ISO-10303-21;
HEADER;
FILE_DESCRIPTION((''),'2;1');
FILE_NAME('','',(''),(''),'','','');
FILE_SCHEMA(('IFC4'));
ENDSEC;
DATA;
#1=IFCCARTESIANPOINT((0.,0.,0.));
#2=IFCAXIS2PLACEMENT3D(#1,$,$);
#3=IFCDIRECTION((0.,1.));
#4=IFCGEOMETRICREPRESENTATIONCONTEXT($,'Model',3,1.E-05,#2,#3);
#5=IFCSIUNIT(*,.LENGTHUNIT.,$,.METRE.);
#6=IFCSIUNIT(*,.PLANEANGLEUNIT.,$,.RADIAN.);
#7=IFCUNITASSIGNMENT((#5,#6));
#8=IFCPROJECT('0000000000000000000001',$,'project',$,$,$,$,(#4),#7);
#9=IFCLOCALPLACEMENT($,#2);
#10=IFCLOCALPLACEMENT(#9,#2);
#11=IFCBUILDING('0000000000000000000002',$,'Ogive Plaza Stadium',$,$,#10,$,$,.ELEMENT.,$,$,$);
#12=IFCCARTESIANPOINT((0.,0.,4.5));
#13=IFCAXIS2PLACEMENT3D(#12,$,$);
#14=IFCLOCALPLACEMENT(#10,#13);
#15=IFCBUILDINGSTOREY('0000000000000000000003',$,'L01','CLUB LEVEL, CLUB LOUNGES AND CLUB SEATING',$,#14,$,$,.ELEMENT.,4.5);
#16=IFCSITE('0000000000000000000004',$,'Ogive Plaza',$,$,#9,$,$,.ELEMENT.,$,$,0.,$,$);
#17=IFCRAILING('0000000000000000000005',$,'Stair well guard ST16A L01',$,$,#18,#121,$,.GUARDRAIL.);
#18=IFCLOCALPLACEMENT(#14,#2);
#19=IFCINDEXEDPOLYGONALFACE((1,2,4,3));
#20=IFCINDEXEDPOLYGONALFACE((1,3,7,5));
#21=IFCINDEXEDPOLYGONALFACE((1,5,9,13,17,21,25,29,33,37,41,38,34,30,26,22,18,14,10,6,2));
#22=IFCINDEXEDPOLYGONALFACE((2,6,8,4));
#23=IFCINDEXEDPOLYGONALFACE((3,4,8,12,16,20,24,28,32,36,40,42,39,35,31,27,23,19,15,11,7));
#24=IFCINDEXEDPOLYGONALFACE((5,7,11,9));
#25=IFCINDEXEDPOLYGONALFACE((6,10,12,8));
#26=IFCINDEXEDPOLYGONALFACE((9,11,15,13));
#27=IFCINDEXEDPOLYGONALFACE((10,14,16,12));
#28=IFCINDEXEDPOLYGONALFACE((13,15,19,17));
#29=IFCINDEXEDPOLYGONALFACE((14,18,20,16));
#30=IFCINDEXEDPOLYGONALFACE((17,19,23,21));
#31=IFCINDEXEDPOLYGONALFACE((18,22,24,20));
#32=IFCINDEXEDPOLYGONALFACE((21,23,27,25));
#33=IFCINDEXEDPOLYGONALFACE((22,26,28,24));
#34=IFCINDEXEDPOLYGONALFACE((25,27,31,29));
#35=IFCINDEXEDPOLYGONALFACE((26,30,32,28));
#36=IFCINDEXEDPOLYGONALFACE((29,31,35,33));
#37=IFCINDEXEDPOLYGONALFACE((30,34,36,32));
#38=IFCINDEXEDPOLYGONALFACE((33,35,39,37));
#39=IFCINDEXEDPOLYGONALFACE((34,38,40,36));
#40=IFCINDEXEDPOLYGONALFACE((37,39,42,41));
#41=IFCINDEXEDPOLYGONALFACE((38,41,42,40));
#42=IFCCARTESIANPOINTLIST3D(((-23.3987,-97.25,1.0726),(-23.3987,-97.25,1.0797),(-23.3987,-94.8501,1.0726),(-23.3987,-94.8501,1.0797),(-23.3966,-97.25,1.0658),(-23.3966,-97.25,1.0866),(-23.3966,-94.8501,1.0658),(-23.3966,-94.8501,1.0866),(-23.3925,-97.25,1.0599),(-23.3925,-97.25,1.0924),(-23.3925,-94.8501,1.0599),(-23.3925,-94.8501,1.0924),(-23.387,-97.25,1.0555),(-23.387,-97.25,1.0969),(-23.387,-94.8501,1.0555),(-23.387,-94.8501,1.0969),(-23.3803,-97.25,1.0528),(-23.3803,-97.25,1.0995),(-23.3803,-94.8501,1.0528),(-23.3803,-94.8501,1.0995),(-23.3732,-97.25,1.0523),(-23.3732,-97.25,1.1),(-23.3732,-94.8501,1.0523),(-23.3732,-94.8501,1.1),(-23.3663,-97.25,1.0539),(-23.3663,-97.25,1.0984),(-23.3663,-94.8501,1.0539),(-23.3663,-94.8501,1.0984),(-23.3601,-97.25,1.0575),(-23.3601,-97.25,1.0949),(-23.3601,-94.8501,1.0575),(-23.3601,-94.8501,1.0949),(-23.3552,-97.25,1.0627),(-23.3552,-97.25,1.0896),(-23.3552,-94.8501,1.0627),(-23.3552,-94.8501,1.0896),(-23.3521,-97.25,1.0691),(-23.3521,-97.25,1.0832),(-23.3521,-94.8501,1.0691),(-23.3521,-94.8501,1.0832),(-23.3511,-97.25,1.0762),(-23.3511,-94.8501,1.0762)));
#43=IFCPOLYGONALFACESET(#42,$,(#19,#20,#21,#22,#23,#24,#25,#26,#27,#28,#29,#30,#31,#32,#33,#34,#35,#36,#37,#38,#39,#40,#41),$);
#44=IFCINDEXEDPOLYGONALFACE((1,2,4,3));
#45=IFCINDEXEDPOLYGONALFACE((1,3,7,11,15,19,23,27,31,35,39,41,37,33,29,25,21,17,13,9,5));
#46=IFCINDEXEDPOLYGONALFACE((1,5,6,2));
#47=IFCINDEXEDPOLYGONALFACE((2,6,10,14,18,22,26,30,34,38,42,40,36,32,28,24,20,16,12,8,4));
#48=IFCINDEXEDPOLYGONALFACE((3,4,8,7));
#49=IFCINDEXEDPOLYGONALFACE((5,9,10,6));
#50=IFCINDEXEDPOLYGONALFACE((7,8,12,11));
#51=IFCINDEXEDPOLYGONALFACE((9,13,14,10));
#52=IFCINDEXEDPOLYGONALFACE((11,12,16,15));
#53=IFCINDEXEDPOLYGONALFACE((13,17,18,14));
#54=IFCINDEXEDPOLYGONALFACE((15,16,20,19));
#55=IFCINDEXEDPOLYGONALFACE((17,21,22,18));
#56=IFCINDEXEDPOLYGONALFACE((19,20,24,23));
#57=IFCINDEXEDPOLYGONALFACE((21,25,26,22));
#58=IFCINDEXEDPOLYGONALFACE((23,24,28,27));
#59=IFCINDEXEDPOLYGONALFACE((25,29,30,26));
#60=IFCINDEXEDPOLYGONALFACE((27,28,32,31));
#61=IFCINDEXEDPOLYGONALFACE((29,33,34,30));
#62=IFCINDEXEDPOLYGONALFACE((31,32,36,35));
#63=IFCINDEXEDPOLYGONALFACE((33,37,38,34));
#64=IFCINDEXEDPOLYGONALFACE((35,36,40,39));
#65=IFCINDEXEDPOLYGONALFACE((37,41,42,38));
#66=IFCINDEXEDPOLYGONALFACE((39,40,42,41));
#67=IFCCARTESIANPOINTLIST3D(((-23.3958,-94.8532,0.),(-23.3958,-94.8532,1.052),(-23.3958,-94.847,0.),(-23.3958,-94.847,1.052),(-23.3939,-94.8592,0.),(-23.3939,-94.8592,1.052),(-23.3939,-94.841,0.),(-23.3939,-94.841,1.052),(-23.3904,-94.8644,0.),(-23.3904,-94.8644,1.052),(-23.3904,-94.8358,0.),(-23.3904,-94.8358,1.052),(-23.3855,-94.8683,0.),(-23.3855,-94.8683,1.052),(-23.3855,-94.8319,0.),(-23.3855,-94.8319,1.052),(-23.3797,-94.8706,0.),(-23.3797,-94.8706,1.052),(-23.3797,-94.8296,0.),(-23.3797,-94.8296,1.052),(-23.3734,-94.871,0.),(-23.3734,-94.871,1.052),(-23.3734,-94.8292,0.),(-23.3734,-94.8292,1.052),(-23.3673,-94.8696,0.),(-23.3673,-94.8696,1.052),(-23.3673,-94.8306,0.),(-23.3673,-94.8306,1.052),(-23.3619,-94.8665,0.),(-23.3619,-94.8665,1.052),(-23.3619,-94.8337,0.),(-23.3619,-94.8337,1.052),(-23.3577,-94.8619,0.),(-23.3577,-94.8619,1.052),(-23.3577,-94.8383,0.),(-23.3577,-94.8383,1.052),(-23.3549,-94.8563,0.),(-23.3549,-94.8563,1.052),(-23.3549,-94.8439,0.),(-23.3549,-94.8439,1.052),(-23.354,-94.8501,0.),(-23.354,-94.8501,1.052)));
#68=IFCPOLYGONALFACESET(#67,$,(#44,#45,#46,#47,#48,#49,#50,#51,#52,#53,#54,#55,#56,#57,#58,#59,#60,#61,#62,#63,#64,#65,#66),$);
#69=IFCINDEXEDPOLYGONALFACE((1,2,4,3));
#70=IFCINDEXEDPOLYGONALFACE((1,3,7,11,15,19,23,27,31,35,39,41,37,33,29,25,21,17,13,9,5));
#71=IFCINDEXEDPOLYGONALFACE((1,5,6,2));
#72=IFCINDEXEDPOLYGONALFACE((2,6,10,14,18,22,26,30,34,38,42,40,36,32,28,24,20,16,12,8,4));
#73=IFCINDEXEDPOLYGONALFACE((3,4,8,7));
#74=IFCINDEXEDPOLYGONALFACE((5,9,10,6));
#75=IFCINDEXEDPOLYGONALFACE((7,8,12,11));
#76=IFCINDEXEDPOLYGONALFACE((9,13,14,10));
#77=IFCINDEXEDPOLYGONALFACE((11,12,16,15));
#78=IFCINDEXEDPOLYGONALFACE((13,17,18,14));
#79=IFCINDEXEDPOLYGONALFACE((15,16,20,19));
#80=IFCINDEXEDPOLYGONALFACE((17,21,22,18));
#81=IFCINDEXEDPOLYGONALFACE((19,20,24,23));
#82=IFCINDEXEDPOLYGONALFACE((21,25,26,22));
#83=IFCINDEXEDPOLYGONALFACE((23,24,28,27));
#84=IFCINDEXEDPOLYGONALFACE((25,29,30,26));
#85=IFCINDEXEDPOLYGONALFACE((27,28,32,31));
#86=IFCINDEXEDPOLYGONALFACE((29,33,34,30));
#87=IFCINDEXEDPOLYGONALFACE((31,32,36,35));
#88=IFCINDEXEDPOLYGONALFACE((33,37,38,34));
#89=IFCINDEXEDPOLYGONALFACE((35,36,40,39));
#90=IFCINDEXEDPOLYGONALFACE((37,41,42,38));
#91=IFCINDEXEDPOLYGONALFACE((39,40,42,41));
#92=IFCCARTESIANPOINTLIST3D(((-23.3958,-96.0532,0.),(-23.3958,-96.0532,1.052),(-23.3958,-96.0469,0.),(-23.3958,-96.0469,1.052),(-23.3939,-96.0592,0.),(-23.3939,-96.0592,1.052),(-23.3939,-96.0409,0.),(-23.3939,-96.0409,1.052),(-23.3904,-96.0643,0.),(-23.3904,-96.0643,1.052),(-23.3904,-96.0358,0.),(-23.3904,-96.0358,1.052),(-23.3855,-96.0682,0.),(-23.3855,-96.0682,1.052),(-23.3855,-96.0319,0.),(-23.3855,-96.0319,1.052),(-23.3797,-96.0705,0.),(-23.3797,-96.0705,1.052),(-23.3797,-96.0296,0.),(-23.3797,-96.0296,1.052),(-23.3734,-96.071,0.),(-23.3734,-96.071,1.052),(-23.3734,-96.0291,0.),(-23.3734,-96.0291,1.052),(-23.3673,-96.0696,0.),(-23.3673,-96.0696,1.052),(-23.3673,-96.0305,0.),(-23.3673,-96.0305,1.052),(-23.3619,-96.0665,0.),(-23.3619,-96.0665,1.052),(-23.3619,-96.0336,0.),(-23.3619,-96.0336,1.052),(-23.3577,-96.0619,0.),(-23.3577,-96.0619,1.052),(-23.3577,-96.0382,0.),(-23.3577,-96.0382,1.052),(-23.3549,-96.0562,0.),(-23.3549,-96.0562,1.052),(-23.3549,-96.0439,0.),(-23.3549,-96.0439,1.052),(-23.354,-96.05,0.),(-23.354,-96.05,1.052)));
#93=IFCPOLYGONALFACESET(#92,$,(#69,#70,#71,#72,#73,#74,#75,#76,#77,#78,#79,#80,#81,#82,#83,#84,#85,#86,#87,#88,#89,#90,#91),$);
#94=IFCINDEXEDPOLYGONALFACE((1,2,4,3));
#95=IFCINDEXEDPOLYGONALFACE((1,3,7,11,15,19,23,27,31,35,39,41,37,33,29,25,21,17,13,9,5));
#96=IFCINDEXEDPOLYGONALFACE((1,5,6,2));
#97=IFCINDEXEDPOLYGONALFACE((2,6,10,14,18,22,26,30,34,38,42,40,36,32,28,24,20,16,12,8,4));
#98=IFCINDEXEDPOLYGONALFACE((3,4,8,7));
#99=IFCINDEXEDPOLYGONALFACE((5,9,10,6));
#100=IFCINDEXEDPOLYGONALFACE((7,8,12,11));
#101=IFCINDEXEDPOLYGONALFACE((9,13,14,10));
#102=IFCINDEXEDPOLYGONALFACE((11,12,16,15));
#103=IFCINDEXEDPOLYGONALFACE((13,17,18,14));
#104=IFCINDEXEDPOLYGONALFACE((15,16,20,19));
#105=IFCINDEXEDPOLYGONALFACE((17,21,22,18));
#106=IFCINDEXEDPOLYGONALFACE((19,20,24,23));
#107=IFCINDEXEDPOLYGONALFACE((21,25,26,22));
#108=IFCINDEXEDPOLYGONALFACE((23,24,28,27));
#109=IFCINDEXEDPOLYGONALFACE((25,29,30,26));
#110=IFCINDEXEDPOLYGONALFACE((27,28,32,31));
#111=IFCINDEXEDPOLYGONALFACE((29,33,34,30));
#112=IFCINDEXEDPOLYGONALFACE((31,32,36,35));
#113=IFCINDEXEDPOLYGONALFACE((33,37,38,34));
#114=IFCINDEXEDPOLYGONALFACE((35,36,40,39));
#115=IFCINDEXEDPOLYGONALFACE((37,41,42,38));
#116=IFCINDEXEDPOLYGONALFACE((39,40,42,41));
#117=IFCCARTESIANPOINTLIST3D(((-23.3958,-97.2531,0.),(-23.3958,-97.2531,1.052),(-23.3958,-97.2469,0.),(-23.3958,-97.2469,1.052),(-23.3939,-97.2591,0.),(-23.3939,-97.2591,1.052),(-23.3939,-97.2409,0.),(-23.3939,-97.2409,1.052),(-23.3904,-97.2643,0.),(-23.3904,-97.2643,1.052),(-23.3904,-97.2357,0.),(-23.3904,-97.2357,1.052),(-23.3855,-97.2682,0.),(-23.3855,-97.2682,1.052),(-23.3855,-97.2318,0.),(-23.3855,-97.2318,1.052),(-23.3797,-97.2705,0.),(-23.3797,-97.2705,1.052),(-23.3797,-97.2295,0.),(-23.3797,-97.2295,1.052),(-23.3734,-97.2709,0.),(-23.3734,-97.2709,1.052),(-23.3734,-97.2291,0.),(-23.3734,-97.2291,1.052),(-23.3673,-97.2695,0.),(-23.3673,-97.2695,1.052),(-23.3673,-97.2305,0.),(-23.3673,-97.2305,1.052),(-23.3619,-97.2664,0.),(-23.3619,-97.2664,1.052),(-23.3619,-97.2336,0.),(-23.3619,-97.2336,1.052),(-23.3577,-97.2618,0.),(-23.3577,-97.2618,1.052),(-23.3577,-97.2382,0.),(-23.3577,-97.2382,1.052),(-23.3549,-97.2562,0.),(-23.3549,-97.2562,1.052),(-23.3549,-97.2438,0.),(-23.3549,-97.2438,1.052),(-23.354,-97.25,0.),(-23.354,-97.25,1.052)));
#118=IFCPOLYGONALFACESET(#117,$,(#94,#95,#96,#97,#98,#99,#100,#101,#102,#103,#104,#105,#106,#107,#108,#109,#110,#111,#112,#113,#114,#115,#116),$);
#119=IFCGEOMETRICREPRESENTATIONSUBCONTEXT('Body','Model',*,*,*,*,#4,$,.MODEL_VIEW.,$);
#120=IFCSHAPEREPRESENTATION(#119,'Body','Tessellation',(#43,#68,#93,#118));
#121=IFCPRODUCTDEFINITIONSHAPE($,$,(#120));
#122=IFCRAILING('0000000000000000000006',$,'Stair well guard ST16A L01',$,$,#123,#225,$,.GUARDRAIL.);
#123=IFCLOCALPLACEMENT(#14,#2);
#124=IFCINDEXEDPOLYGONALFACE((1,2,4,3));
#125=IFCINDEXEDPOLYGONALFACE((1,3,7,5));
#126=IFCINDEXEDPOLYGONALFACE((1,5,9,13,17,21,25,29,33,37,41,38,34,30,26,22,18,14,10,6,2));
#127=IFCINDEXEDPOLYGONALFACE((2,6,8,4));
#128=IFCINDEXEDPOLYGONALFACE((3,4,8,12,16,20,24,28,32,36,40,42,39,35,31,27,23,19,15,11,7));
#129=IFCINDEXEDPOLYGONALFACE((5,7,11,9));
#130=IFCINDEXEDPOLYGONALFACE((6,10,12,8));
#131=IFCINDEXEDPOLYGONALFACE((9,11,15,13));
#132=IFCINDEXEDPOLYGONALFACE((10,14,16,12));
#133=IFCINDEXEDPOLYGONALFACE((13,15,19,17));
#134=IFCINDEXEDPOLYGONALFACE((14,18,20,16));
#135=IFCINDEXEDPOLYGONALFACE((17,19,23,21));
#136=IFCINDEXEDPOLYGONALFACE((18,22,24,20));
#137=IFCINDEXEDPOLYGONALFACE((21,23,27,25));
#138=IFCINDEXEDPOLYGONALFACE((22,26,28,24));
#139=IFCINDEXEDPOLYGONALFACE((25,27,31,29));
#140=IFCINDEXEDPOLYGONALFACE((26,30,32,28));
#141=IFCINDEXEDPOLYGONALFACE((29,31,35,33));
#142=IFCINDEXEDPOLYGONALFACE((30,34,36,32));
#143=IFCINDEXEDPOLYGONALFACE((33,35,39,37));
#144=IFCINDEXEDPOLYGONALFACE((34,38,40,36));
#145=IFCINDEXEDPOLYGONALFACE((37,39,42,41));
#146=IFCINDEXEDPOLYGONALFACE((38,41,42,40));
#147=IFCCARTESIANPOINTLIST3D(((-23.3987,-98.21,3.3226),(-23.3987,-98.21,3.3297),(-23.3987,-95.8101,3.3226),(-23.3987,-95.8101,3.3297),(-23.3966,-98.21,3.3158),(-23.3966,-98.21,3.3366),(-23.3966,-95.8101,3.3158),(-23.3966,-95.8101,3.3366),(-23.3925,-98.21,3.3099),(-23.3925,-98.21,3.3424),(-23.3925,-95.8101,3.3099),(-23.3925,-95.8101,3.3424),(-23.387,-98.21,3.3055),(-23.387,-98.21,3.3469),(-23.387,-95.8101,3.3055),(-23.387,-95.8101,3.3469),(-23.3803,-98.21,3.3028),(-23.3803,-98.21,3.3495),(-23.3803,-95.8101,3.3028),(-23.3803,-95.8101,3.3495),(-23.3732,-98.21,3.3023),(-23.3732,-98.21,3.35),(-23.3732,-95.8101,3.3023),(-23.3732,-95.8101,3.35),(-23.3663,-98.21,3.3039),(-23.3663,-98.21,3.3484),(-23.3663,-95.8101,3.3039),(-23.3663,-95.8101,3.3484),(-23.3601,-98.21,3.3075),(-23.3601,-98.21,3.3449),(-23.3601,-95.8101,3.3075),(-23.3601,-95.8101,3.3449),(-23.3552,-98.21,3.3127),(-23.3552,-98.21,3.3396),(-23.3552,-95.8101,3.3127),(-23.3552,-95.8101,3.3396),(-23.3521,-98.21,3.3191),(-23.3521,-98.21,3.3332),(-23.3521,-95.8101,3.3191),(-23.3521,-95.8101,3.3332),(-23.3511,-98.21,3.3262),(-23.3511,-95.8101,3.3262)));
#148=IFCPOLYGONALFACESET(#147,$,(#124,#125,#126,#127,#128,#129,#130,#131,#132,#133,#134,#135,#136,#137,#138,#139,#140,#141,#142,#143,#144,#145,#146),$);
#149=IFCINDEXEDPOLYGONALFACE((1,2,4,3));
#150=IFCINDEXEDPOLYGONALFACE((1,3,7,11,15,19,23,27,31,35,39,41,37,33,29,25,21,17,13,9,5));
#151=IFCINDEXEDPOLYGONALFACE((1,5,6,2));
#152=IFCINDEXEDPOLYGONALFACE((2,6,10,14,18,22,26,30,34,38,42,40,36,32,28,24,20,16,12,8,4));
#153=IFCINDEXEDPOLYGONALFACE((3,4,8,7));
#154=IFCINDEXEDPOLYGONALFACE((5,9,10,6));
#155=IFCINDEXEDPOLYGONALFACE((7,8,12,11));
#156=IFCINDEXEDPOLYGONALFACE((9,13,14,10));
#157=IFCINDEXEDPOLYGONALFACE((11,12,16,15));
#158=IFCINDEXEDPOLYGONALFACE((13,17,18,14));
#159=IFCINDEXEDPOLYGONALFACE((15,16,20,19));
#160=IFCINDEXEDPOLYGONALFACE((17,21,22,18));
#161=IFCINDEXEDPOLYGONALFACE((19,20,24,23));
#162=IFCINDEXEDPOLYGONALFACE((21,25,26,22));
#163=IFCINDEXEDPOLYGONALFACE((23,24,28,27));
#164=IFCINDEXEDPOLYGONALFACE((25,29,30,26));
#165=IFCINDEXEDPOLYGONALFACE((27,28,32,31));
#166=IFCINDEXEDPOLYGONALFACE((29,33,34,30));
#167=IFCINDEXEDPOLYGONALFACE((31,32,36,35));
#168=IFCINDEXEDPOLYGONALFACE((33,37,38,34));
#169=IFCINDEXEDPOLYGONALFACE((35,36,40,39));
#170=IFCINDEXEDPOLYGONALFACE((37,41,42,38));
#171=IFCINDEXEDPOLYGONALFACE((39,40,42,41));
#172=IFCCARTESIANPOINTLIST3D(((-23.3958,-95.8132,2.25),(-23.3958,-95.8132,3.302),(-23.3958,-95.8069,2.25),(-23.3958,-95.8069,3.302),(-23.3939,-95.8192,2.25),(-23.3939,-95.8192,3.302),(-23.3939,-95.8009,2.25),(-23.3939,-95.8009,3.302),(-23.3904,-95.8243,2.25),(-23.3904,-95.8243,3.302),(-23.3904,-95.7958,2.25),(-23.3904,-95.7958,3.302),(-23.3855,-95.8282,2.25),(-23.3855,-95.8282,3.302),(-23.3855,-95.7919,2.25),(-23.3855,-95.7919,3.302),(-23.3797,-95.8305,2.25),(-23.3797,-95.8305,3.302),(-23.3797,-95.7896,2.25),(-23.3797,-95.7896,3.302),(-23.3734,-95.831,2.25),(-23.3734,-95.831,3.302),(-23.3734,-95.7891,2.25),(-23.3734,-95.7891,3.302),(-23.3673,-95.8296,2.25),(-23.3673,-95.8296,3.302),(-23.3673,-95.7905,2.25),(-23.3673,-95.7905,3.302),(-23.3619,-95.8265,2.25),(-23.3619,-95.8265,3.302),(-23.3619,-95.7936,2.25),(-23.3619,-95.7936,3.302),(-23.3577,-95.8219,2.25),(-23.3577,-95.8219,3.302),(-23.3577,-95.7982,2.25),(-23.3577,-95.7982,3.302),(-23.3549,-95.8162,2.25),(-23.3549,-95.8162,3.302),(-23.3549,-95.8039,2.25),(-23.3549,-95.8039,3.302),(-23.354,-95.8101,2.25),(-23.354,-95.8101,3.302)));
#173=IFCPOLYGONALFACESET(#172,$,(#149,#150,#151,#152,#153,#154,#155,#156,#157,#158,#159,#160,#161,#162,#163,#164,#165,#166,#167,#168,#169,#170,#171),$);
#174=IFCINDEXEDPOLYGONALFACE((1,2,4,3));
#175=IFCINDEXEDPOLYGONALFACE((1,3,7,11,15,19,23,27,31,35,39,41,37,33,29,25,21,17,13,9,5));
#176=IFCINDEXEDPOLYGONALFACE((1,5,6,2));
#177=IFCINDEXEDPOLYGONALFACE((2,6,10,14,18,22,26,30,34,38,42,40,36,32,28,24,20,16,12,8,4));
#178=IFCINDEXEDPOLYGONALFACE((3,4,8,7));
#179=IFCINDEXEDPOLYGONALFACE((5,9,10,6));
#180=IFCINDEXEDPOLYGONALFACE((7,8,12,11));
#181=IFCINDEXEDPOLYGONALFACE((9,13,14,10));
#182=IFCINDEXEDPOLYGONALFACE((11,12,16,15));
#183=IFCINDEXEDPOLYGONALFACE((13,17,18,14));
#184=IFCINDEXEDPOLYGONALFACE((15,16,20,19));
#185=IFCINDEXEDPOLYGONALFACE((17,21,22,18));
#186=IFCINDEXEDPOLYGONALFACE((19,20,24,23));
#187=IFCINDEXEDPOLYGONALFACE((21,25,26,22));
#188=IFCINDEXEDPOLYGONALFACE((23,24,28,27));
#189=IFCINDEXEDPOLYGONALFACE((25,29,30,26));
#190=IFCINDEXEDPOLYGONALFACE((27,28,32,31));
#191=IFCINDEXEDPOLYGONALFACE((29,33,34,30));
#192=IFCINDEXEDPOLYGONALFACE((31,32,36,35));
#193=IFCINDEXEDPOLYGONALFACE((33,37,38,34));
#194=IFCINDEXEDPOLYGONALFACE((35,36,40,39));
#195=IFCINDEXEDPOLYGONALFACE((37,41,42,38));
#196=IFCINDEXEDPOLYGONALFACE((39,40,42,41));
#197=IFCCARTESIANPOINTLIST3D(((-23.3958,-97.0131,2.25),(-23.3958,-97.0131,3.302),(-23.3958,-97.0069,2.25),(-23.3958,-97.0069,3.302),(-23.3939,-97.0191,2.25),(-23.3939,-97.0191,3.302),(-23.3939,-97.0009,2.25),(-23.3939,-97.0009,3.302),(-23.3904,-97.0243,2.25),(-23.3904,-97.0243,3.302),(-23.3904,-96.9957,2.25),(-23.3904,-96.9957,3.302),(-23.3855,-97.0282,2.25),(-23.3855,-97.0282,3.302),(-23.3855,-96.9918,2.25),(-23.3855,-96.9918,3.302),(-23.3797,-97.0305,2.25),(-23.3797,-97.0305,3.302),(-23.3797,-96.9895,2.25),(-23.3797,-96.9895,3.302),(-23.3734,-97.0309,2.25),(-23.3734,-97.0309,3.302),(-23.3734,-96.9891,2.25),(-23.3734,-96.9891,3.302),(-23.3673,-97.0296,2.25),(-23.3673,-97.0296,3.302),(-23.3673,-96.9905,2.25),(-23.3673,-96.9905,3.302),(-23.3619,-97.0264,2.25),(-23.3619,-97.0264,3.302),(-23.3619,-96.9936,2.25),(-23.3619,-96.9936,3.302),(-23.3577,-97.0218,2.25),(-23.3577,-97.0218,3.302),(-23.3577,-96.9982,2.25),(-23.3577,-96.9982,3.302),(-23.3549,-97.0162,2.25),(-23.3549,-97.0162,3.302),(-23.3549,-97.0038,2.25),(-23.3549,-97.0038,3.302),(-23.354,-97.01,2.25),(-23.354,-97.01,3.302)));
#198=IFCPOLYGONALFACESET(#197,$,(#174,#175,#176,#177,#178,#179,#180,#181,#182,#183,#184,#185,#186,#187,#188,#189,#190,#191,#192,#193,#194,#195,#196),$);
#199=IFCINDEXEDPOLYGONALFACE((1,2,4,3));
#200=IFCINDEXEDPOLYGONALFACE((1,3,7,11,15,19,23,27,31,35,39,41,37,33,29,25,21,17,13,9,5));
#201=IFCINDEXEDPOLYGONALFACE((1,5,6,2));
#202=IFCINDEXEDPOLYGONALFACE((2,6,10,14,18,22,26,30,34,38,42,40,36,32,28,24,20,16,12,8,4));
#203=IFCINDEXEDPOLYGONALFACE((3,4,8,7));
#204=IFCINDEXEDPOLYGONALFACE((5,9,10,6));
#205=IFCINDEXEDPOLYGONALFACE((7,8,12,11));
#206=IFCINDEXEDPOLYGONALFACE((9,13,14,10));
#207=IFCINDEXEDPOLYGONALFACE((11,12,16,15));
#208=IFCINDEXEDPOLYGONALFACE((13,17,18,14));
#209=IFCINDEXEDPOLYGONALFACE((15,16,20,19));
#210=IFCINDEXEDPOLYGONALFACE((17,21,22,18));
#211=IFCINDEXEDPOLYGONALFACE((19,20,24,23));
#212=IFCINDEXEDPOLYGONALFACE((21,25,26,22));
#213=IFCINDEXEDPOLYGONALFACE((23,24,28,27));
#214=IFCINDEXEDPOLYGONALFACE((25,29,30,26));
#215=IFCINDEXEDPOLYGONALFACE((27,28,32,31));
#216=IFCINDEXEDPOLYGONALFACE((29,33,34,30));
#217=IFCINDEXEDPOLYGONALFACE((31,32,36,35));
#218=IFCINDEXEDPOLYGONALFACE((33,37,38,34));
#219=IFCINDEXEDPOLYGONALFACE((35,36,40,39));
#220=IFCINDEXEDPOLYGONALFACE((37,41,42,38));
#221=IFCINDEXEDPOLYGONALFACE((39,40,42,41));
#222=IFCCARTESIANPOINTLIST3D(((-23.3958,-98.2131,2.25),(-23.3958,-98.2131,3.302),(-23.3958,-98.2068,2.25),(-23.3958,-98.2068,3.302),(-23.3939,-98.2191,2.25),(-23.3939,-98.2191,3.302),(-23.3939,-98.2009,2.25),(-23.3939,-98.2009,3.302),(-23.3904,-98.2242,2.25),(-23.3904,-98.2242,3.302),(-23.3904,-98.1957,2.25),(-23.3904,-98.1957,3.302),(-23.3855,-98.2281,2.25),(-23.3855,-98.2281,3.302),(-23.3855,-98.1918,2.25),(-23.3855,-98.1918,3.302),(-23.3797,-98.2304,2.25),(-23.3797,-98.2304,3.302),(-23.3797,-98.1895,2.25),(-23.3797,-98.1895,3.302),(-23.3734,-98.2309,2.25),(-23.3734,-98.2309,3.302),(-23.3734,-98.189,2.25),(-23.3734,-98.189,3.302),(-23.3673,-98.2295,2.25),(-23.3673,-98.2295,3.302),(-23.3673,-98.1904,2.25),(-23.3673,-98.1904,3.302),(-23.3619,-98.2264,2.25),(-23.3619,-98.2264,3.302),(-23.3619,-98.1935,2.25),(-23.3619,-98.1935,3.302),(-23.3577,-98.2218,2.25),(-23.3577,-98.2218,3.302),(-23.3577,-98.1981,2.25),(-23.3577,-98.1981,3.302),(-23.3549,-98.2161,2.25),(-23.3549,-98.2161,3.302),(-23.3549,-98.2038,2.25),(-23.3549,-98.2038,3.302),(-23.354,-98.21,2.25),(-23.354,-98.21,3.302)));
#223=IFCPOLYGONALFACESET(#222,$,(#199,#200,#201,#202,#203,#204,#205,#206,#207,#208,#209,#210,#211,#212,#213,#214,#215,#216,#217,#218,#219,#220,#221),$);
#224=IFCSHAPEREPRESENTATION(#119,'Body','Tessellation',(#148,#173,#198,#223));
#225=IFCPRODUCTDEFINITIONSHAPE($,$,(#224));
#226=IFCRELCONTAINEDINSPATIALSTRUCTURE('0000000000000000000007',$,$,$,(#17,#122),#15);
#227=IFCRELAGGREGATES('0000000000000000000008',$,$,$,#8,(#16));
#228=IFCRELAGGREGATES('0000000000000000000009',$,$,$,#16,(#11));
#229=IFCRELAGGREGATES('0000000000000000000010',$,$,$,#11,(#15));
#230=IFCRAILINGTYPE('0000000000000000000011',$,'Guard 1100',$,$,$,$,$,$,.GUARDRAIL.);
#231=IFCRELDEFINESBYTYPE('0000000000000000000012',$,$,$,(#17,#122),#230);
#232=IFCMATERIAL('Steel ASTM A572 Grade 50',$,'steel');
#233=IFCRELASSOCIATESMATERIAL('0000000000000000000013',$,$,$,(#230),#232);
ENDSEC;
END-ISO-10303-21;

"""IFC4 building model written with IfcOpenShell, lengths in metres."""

from ifc_helpers import new_model, si_unit, direction, frame, origin, origin_2d, place, context, subcontext, project, spatial, circle, extrude, material, type_object, element, save


model = new_model("IFC4")

# Units and contexts
model_context = context("Model", 3, precision=1e-05, world=origin(), true_north=direction((0.0, 1.0)))
body_context = subcontext(model_context, "Body", "Model", "MODEL_VIEW")
ifc_project = project(units=[si_unit("LENGTHUNIT", "METRE"), si_unit("PLANEANGLEUNIT", "RADIAN")], contexts=[model_context])

# Site, building, storey
site_placement = place(None, origin())
site = spatial("IfcSite", under=ifc_project, at=site_placement, Name="Ogive Plaza", CompositionType="ELEMENT", RefElevation=0.0)
building_placement = place(site_placement, origin())
building = spatial("IfcBuilding", under=site, at=building_placement, Name="Ogive Plaza Stadium", CompositionType="ELEMENT")
storey_placement = place(building_placement, frame((0.0, 0.0, 4.5)))
storey = spatial("IfcBuildingStorey", under=building, at=storey_placement, Name="L01", Description="CLUB LEVEL, CLUB LOUNGES AND CLUB SEATING", CompositionType="ELEMENT", Elevation=4.5)

# Railings
ifc_material_1 = material(Name="Steel ASTM A572 Grade 50", Category="steel")
railing_type_1 = type_object("IfcRailingType", Name="Guard 1100", PredefinedType="GUARDRAIL", material=ifc_material_1)
for number, where, name in (
    (1, (-23.375, -94.8501, 0.0), "Stair well guard ST16A L01"),
    (2, (-23.375, -95.8101, 2.25), "Stair well guard ST16A L01"),
):
    element("IfcRailing", number, at=place(storey_placement, frame(where)), inside=storey, type_object=railing_type_1, Name=name, PredefinedType="GUARDRAIL", context=body_context, shape_type="SweptSolid", body=[
        extrude(circle(Radius=0.0239, at=origin_2d()), frame((0.0, 0.0, 1.0762), z_axis=(0.0, -1.0, 0.0), x_axis=(1.0, 0.0, 0.0)), (0.0, 0.0, 1.0), 2.3999),
        extrude(circle(Radius=0.021, at=origin_2d()), origin(), (0.0, 0.0, 1.0), 1.052),
        extrude(circle(Radius=0.021, at=origin_2d()), frame((0.0, -1.2, 0.0)), (0.0, 0.0, 1.0), 1.052),
        extrude(circle(Radius=0.021, at=origin_2d()), frame((0.0, -2.3999, 0.0)), (0.0, 0.0, 1.0), 1.052),
    ])

save(model, "model.ifc")
